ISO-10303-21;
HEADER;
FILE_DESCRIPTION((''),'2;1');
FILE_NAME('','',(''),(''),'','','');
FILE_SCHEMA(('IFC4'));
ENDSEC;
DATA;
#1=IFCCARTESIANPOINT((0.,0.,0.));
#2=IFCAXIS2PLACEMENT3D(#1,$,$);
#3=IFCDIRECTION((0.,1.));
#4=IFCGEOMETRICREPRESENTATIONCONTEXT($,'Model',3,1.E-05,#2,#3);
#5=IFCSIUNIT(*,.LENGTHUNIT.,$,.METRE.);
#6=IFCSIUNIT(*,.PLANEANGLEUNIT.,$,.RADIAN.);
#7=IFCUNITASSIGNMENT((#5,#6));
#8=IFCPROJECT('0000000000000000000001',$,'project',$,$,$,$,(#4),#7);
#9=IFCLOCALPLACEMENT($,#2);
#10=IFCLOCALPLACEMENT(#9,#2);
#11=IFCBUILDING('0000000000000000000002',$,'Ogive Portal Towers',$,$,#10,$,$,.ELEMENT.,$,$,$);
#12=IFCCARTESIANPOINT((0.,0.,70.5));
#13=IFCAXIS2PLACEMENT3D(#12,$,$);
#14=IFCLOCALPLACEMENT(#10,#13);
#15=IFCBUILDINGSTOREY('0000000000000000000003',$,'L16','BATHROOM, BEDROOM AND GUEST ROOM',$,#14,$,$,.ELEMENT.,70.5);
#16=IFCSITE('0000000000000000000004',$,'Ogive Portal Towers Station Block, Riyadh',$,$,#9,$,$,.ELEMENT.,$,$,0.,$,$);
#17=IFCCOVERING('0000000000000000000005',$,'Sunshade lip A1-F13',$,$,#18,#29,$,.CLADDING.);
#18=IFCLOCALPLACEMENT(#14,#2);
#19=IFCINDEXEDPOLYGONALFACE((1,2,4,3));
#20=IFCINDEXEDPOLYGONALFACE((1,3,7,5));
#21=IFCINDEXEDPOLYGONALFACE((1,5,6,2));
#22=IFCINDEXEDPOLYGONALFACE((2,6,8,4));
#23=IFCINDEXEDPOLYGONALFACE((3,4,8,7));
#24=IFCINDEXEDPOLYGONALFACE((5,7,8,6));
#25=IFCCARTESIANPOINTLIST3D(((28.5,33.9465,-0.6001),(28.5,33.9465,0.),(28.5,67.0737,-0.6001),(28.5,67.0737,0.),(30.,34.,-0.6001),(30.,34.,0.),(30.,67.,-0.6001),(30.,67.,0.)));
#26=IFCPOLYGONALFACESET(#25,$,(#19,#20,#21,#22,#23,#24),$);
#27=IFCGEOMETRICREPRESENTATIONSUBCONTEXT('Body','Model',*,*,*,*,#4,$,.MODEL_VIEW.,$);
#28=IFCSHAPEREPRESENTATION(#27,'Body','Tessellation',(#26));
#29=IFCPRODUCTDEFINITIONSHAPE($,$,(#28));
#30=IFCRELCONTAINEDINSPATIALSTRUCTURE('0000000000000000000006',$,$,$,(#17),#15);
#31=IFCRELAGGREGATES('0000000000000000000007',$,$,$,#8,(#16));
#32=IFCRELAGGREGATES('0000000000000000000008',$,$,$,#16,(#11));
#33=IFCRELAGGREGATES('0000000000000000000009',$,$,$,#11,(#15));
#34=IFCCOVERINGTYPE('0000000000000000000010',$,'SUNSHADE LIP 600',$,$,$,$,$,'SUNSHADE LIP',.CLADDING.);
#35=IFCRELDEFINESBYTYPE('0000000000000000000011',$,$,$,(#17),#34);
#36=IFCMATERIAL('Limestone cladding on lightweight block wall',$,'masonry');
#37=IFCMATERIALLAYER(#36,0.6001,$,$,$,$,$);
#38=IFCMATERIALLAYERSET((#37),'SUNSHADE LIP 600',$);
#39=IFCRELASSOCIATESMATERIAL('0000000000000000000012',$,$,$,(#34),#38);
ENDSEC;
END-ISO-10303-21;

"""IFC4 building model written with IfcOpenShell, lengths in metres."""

from ifc_helpers import new_model, si_unit, direction, frame, origin, place, context, subcontext, project, spatial, polyline, outline, extrude, material, layer, layer_set, type_object, element, save


model = new_model("IFC4")

# Units and contexts
model_context = context("Model", 3, precision=1e-05, world=origin(), true_north=direction((0.0, 1.0)))
body_context = subcontext(model_context, "Body", "Model", "MODEL_VIEW")
ifc_project = project(units=[si_unit("LENGTHUNIT", "METRE"), si_unit("PLANEANGLEUNIT", "RADIAN")], contexts=[model_context])

# Site, building, storey
site_placement = place(None, origin())
site = spatial("IfcSite", under=ifc_project, at=site_placement, Name="Ogive Portal Towers Station Block, Riyadh", CompositionType="ELEMENT", RefElevation=0.0)
building_placement = place(site_placement, origin())
building = spatial("IfcBuilding", under=site, at=building_placement, Name="Ogive Portal Towers", CompositionType="ELEMENT")
storey_placement = place(building_placement, frame((0.0, 0.0, 70.5)))
storey = spatial("IfcBuildingStorey", under=building, at=storey_placement, Name="L16", Description="BATHROOM, BEDROOM AND GUEST ROOM", CompositionType="ELEMENT", Elevation=70.5)

# Covering
ifc_material_1 = material(Name="Limestone cladding on lightweight block wall", Category="masonry")
ifc_layer_1 = layer(ifc_material_1, 0.6001)
ifc_layer_set_1 = layer_set([ifc_layer_1], Name="SUNSHADE LIP 600")
covering_type_1 = type_object("IfcCoveringType", Name="SUNSHADE LIP 600", ElementType="SUNSHADE LIP", PredefinedType="CLADDING", material=ifc_layer_set_1)
covering_1_placement = place(storey_placement, frame((0.0, 0.0, -0.6001)))
element("IfcCovering", 1, at=covering_1_placement, inside=storey, type_object=covering_type_1, Name="Sunshade lip A1-F13", PredefinedType="CLADDING", context=body_context, shape_type="SweptSolid", body=[
    extrude(outline(polyline([(30.0, 67.0), (30.0, 34.0), (28.5, 33.9465), (28.5, 67.0737), (30.0, 67.0)])), origin(), (0.0, 0.0, 1.0), 0.6001),
])

save(model, "model.ifc")
